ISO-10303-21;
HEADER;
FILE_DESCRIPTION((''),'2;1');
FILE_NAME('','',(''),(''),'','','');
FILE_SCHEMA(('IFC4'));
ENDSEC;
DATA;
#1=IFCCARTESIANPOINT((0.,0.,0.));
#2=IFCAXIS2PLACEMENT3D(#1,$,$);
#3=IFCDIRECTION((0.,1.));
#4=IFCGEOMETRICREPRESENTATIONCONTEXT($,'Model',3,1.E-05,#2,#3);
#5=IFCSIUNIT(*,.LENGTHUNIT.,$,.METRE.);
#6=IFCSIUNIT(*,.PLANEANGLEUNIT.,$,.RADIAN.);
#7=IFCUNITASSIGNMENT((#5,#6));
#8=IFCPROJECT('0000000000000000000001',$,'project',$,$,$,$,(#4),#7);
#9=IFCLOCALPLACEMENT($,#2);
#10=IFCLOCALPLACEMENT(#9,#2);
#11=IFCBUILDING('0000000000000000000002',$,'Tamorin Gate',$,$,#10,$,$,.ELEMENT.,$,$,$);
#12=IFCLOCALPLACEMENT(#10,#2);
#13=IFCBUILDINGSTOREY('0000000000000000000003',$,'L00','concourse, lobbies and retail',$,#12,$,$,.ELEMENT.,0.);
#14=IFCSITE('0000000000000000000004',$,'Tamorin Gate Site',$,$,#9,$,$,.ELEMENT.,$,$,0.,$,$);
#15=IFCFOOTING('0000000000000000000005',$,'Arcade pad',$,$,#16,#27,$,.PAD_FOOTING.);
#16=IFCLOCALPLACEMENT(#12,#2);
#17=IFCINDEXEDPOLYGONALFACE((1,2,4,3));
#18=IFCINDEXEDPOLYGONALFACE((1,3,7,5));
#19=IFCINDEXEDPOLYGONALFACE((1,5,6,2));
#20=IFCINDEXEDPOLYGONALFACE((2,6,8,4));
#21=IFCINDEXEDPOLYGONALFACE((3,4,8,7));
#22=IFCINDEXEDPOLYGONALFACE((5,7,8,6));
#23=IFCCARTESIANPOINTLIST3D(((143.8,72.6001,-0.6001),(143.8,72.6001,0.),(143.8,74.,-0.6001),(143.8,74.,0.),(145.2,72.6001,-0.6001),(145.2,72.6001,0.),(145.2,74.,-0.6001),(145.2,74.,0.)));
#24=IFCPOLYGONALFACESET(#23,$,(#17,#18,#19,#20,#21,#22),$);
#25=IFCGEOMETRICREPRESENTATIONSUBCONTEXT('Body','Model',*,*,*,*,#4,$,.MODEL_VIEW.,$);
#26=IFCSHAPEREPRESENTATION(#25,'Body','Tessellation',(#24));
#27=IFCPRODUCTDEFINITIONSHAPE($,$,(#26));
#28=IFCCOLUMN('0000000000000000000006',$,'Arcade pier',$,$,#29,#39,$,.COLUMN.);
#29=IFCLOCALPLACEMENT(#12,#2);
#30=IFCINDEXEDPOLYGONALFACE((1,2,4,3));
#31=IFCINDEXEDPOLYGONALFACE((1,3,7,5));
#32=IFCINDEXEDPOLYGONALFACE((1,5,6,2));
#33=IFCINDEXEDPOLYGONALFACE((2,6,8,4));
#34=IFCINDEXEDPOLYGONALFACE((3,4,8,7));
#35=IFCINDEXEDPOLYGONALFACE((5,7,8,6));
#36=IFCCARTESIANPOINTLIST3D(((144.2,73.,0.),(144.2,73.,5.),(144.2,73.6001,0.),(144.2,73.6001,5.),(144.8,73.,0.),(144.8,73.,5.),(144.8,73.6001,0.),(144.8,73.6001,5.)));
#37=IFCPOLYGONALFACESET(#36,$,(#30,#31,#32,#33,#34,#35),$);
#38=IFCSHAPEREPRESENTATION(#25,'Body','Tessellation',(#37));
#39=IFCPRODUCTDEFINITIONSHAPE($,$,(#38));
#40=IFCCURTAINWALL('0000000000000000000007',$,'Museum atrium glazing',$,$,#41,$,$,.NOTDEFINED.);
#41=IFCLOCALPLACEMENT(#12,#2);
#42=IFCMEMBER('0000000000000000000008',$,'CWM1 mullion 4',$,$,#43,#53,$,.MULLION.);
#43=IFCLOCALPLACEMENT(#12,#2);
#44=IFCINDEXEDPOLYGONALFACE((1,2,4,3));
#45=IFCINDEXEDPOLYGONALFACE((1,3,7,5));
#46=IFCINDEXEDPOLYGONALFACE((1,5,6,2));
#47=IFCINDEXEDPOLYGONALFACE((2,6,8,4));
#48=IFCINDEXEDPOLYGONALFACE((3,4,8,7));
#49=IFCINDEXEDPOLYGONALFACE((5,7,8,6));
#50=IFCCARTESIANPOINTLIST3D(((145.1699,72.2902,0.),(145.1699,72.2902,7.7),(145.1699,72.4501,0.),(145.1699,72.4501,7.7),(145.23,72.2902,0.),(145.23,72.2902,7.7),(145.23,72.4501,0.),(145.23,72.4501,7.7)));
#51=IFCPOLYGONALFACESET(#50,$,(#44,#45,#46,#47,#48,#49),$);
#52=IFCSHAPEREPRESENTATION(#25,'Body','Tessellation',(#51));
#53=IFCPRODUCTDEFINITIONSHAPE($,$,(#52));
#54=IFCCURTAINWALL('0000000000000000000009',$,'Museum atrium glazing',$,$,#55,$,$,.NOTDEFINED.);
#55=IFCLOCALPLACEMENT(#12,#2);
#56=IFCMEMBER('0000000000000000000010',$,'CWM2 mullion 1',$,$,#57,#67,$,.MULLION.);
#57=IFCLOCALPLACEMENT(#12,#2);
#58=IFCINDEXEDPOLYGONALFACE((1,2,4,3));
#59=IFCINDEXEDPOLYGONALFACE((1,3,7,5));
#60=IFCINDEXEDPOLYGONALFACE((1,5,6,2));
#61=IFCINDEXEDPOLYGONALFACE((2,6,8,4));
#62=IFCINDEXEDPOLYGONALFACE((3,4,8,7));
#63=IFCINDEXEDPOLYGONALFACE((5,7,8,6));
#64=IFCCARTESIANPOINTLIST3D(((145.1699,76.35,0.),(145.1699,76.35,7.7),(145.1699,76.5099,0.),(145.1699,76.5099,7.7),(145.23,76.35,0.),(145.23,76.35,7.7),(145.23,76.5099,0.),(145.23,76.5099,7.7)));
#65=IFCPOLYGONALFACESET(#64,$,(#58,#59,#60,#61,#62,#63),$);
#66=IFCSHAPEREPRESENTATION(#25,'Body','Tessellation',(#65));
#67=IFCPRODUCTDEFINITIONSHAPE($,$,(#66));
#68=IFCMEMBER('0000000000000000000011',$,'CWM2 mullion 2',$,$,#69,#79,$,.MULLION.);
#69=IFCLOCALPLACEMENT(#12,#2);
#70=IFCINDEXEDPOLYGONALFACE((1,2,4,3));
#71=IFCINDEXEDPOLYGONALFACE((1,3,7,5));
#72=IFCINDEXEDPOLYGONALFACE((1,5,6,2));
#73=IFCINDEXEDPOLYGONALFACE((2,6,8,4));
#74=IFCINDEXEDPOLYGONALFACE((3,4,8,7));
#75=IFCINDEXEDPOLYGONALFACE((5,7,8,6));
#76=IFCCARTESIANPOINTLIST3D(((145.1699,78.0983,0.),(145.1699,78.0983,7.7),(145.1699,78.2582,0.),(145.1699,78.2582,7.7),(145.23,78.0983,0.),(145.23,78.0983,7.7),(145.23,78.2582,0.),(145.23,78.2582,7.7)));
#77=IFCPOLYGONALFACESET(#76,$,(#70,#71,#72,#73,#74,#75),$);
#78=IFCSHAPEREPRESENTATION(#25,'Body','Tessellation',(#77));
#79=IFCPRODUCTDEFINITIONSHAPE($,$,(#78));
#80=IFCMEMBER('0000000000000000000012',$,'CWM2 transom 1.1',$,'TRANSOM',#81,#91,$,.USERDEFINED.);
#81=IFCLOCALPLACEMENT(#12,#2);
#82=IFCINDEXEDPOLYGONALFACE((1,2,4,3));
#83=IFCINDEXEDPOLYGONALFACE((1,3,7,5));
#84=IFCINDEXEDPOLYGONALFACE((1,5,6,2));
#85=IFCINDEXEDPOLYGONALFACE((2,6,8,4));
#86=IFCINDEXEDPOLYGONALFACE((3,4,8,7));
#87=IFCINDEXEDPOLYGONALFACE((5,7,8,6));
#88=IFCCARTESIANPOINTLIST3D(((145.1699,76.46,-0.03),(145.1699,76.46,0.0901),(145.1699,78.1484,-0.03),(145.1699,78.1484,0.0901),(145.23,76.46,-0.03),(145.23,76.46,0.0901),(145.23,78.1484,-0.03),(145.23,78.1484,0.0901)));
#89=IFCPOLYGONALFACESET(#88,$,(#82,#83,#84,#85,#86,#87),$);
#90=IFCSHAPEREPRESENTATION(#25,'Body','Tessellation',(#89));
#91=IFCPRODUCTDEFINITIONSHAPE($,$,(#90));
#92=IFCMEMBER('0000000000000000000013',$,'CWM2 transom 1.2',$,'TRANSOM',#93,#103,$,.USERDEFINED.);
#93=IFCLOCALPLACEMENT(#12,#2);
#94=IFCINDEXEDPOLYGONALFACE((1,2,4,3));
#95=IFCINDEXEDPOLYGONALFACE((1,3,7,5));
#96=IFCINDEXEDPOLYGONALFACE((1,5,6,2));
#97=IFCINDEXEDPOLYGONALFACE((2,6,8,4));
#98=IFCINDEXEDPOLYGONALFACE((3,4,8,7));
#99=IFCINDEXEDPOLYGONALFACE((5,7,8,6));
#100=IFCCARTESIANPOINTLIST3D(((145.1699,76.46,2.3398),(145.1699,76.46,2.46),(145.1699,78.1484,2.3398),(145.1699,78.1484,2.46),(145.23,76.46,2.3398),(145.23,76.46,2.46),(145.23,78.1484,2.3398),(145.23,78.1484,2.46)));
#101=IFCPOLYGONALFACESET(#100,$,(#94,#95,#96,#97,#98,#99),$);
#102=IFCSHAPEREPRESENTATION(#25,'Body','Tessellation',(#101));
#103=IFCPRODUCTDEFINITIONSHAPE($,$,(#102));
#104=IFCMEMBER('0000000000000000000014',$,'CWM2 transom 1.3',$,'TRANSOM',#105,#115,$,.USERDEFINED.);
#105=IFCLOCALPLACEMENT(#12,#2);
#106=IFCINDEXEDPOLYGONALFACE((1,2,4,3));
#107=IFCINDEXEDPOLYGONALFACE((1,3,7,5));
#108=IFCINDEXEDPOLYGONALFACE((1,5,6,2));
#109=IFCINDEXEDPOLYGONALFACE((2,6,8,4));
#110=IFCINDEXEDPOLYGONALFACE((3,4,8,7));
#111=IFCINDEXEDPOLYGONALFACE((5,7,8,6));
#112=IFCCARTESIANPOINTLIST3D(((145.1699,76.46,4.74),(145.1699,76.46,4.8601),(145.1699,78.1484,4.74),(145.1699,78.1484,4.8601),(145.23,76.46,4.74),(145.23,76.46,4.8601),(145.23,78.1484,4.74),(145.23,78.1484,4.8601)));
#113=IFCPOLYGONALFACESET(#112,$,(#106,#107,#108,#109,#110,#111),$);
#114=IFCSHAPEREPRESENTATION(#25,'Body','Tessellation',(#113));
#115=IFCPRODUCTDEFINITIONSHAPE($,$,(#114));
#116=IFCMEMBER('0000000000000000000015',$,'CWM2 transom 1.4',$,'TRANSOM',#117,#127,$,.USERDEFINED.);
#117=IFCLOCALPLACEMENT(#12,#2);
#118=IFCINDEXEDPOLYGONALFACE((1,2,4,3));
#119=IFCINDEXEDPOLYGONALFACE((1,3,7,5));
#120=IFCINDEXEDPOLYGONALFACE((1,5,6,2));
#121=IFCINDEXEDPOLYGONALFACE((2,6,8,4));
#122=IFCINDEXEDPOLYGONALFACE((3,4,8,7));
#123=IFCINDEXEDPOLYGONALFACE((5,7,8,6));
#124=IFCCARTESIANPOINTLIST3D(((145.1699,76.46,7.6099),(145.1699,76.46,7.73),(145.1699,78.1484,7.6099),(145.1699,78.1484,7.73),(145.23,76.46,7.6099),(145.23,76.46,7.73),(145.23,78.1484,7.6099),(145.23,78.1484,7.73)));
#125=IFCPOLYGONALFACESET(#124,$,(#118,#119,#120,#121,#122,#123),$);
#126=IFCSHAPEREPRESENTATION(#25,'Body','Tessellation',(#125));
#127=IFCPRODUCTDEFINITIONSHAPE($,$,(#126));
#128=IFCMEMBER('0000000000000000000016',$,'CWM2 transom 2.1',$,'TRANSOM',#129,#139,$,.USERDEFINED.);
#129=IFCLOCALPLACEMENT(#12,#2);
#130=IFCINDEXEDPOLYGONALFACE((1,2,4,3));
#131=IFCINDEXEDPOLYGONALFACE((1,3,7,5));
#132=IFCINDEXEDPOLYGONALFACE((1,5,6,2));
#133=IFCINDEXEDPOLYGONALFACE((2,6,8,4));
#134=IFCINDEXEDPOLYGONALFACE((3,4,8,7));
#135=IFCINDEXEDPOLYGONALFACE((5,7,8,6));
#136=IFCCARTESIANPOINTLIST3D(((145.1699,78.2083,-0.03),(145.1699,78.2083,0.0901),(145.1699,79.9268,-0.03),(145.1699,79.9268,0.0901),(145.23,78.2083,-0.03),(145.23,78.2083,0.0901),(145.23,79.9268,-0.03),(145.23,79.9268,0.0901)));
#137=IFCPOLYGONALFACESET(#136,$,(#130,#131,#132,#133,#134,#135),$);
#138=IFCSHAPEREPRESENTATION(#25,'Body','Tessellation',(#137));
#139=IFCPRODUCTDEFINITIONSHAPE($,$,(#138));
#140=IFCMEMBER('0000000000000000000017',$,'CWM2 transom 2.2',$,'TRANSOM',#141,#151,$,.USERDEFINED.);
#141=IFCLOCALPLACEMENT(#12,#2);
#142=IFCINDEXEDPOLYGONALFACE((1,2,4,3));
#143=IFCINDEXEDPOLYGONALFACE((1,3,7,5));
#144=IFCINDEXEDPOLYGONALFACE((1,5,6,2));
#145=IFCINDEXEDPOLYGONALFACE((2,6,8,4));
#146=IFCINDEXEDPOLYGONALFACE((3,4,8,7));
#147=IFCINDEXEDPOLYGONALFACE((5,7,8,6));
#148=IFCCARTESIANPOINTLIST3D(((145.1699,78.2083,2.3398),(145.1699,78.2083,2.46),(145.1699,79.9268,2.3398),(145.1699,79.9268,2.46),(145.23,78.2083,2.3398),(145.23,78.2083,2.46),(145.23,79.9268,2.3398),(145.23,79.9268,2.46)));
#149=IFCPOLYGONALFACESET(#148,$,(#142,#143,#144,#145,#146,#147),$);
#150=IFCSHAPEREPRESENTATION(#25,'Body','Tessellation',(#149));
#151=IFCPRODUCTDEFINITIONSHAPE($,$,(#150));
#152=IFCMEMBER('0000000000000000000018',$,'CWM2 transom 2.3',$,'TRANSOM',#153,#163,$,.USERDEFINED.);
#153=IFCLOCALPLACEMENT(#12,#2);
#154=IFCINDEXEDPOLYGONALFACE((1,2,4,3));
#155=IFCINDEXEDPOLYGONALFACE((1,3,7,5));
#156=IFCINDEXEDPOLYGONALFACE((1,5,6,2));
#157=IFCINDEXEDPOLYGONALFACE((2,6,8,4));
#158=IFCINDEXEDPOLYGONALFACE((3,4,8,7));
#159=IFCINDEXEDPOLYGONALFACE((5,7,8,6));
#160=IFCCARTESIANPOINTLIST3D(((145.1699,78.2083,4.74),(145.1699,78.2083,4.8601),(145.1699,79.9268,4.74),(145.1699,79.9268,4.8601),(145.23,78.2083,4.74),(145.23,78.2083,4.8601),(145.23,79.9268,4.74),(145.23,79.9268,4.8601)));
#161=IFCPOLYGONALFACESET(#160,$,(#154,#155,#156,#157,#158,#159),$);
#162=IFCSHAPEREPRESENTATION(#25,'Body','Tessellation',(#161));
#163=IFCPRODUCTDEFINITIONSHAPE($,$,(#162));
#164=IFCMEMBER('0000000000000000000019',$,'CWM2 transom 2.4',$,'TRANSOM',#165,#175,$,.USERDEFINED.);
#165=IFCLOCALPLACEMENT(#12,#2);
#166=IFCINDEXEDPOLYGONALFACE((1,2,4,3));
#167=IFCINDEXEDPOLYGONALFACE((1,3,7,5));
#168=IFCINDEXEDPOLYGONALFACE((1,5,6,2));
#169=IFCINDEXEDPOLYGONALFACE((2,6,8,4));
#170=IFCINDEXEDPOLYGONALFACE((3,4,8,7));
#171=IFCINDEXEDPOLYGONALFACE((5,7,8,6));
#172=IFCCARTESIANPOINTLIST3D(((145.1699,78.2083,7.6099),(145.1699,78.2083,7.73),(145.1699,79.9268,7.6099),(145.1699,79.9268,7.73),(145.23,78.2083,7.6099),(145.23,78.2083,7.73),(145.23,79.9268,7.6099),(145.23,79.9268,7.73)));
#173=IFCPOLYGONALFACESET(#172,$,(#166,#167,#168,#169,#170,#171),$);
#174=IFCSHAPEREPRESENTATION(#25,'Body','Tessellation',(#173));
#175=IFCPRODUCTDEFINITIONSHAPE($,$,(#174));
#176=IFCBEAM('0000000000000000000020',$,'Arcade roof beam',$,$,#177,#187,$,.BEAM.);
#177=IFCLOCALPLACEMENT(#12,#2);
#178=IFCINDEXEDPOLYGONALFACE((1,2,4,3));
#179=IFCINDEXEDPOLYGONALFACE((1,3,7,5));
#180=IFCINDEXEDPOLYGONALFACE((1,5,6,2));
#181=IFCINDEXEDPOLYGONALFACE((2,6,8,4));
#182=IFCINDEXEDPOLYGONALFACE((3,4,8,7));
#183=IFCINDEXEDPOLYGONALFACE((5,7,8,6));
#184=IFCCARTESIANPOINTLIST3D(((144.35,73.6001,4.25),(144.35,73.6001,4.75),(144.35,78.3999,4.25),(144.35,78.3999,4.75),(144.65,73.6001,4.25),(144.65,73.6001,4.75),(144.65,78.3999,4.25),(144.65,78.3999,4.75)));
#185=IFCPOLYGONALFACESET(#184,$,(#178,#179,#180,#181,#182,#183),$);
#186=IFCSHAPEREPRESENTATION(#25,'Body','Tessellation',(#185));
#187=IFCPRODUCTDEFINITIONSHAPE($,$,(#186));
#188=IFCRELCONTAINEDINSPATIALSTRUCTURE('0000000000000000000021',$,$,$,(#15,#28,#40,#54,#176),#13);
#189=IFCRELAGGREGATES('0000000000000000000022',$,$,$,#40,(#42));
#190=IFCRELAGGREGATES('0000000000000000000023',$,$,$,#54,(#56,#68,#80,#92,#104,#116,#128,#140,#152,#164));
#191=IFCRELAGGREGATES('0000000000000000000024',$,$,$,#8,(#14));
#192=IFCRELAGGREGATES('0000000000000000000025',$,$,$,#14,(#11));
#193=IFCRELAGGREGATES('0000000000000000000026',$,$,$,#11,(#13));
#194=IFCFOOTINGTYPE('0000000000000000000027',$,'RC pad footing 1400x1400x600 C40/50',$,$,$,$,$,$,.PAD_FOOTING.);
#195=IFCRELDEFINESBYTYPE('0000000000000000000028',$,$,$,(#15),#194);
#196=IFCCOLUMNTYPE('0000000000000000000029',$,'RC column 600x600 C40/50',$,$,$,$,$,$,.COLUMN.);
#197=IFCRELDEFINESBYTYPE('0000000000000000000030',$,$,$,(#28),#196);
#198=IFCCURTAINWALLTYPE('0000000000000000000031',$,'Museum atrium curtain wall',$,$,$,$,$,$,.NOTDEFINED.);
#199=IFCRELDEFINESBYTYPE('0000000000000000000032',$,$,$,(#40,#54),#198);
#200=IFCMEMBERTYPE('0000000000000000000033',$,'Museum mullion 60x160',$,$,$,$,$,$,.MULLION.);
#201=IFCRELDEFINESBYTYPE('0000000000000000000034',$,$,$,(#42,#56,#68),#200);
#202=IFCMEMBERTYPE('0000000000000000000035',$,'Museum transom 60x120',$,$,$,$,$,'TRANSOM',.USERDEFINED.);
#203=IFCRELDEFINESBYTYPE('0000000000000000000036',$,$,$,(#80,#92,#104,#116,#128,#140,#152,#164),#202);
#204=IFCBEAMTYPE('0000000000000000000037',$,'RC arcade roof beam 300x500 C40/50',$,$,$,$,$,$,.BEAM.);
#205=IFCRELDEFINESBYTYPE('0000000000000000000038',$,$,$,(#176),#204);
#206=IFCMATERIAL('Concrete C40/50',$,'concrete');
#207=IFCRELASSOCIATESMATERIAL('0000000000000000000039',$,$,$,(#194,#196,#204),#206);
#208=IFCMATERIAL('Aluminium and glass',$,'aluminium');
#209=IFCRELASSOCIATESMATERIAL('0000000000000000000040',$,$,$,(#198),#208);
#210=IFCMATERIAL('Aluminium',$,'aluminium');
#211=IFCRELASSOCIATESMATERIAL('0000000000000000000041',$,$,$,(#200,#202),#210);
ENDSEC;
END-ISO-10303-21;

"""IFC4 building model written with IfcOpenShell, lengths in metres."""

from ifc_helpers import new_model, si_unit, direction, frame, origin, origin_2d, place, context, subcontext, project, spatial, rectangle, extrude, material, material_profile, profile_set, type_object, element, aggregate, save


model = new_model("IFC4")

# Units and contexts
model_context = context("Model", 3, precision=1e-05, world=origin(), true_north=direction((0.0, 1.0)))
body_context = subcontext(model_context, "Body", "Model", "MODEL_VIEW")
ifc_project = project(units=[si_unit("LENGTHUNIT", "METRE"), si_unit("PLANEANGLEUNIT", "RADIAN")], contexts=[model_context])

# Site, building, storey
site_placement = place(None, origin())
site = spatial("IfcSite", under=ifc_project, at=site_placement, Name="Tamorin Gate Site", CompositionType="ELEMENT", RefElevation=0.0)
building_placement = place(site_placement, origin())
building = spatial("IfcBuilding", under=site, at=building_placement, Name="Tamorin Gate", CompositionType="ELEMENT")
storey_placement = place(building_placement, origin())
storey = spatial("IfcBuildingStorey", under=building, at=storey_placement, Name="L00", Description="concourse, lobbies and retail", CompositionType="ELEMENT", Elevation=0.0)

# Footing
ifc_material_1 = material(Name="Concrete C40/50", Category="concrete")
footing_type = type_object("IfcFootingType", Name="RC pad footing 1400x1400x600 C40/50", PredefinedType="PAD_FOOTING", material=ifc_material_1)
footing_placement = place(storey_placement, frame((144.5, 73.3, -0.6001), z_axis=(0.0, 0.0, 1.0), x_axis=(1.0, 0.0, 0.0)))
element("IfcFooting", 1, at=footing_placement, inside=storey, type_object=footing_type, Name="Arcade pad", PredefinedType="PAD_FOOTING", context=body_context, shape_type="SweptSolid", body=[
    extrude(rectangle(XDim=1.3999, YDim=1.3999, at=origin_2d()), origin(), (0.0, 0.0, 1.0), 0.6001),
])

# Column
ifc_material_profile_1 = material_profile(ifc_material_1, rectangle(XDim=0.6001, YDim=0.6001, at=origin_2d()))
ifc_profile_set_1 = profile_set([ifc_material_profile_1], Name="Concrete C40/50")
column_type = type_object("IfcColumnType", Name="RC column 600x600 C40/50", PredefinedType="COLUMN", material=ifc_profile_set_1)
column_placement = place(storey_placement, frame((144.5, 73.3, 0.0), z_axis=(0.0, 0.0, 1.0), x_axis=(1.0, 0.0, 0.0)))
element("IfcColumn", 2, at=column_placement, inside=storey, type_object=column_type, Name="Arcade pier", PredefinedType="COLUMN", context=body_context, shape_type="SweptSolid", body=[
    extrude(rectangle(XDim=0.6001, YDim=0.6001, at=origin_2d()), origin(), (0.0, 0.0, 1.0), 5.0),
])

# Curtain wall, member
ifc_material_2 = material(Name="Aluminium and glass", Category="aluminium")
curtain_wall_type = type_object("IfcCurtainWallType", Name="Museum atrium curtain wall", PredefinedType="NOTDEFINED", material=ifc_material_2)
curtain_wall_1_placement = place(storey_placement, origin())
curtain_wall_1 = element("IfcCurtainWall", 3, at=curtain_wall_1_placement, inside=storey, type_object=curtain_wall_type, Name="Museum atrium glazing", PredefinedType="NOTDEFINED")
ifc_material_3 = material(Name="Aluminium", Category="aluminium")
ifc_material_profile_2 = material_profile(ifc_material_3, rectangle(XDim=0.0601, YDim=0.1599, at=origin_2d()), Name="RECT 60x160")
ifc_profile_set_2 = profile_set([ifc_material_profile_2], Name="Aluminium")
member_type_1 = type_object("IfcMemberType", Name="Museum mullion 60x160", PredefinedType="MULLION", material=ifc_profile_set_2)
member_1_placement = place(storey_placement, frame((145.2, 72.3701, 0.0), z_axis=(0.0, 0.0, 1.0), x_axis=(-1.0, 0.0, 0.0)))
member_1 = element("IfcMember", 4, at=member_1_placement, type_object=member_type_1, Name="CWM1 mullion 4", PredefinedType="MULLION", context=body_context, shape_type="SweptSolid", body=[
    extrude(rectangle(XDim=0.0601, YDim=0.1599, at=origin_2d()), origin(), (0.0, 0.0, 1.0), 7.7),
])

# Curtain wall, members
curtain_wall_2_placement = place(storey_placement, origin())
curtain_wall_2 = element("IfcCurtainWall", 5, at=curtain_wall_2_placement, inside=storey, type_object=curtain_wall_type, Name="Museum atrium glazing", PredefinedType="NOTDEFINED")
member_2_placement = place(storey_placement, frame((145.2, 76.4299, 0.0), z_axis=(0.0, 0.0, 1.0), x_axis=(-1.0, 0.0, 0.0)))
member_2 = element("IfcMember", 6, at=member_2_placement, type_object=member_type_1, Name="CWM2 mullion 1", PredefinedType="MULLION", context=body_context, shape_type="SweptSolid", body=[
    extrude(rectangle(XDim=0.0601, YDim=0.1599, at=origin_2d()), origin(), (0.0, 0.0, 1.0), 7.7),
])
member_3_placement = place(storey_placement, frame((145.2, 78.1782, 0.0), z_axis=(0.0, 0.0, 1.0), x_axis=(-1.0, 0.0, 0.0)))
member_3 = element("IfcMember", 7, at=member_3_placement, type_object=member_type_1, Name="CWM2 mullion 2", PredefinedType="MULLION", context=body_context, shape_type="SweptSolid", body=[
    extrude(rectangle(XDim=0.0601, YDim=0.1599, at=origin_2d()), origin(), (0.0, 0.0, 1.0), 7.7),
])
ifc_material_profile_3 = material_profile(ifc_material_3, rectangle(XDim=0.0601, YDim=0.1201, at=origin_2d()), Name="RECT 60x120")
ifc_profile_set_3 = profile_set([ifc_material_profile_3], Name="Aluminium")
member_type_2 = type_object("IfcMemberType", Name="Museum transom 60x120", ElementType="TRANSOM", PredefinedType="USERDEFINED", material=ifc_profile_set_3)
member_4_placement = place(storey_placement, frame((145.2, 76.46, 0.03), z_axis=(0.0, 1.0, 0.0), x_axis=(-1.0, 0.0, 0.0)))
member_4 = element("IfcMember", 8, at=member_4_placement, type_object=member_type_2, Name="CWM2 transom 1.1", ObjectType="TRANSOM", PredefinedType="USERDEFINED", context=body_context, shape_type="SweptSolid", body=[
    extrude(rectangle(XDim=0.0601, YDim=0.1201, at=origin_2d()), origin(), (0.0, 0.0, 1.0), 1.6885),
])
member_5_placement = place(storey_placement, frame((145.2, 76.46, 2.3999), z_axis=(0.0, 1.0, 0.0), x_axis=(-1.0, 0.0, 0.0)))
member_5 = element("IfcMember", 9, at=member_5_placement, type_object=member_type_2, Name="CWM2 transom 1.2", ObjectType="TRANSOM", PredefinedType="USERDEFINED", context=body_context, shape_type="SweptSolid", body=[
    extrude(rectangle(XDim=0.0601, YDim=0.1201, at=origin_2d()), origin(), (0.0, 0.0, 1.0), 1.6885),
])
member_6_placement = place(storey_placement, frame((145.2, 76.46, 4.8), z_axis=(0.0, 1.0, 0.0), x_axis=(-1.0, 0.0, 0.0)))
member_6 = element("IfcMember", 10, at=member_6_placement, type_object=member_type_2, Name="CWM2 transom 1.3", ObjectType="TRANSOM", PredefinedType="USERDEFINED", context=body_context, shape_type="SweptSolid", body=[
    extrude(rectangle(XDim=0.0601, YDim=0.1201, at=origin_2d()), origin(), (0.0, 0.0, 1.0), 1.6885),
])
member_7_placement = place(storey_placement, frame((145.2, 76.46, 7.6699), z_axis=(0.0, 1.0, 0.0), x_axis=(-1.0, 0.0, 0.0)))
member_7 = element("IfcMember", 11, at=member_7_placement, type_object=member_type_2, Name="CWM2 transom 1.4", ObjectType="TRANSOM", PredefinedType="USERDEFINED", context=body_context, shape_type="SweptSolid", body=[
    extrude(rectangle(XDim=0.0601, YDim=0.1201, at=origin_2d()), origin(), (0.0, 0.0, 1.0), 1.6885),
])
member_8_placement = place(storey_placement, frame((145.2, 78.2083, 0.03), z_axis=(0.0, 1.0, 0.0), x_axis=(-1.0, 0.0, 0.0)))
member_8 = element("IfcMember", 12, at=member_8_placement, type_object=member_type_2, Name="CWM2 transom 2.1", ObjectType="TRANSOM", PredefinedType="USERDEFINED", context=body_context, shape_type="SweptSolid", body=[
    extrude(rectangle(XDim=0.0601, YDim=0.1201, at=origin_2d()), origin(), (0.0, 0.0, 1.0), 1.7185),
])
member_9_placement = place(storey_placement, frame((145.2, 78.2083, 2.3999), z_axis=(0.0, 1.0, 0.0), x_axis=(-1.0, 0.0, 0.0)))
member_9 = element("IfcMember", 13, at=member_9_placement, type_object=member_type_2, Name="CWM2 transom 2.2", ObjectType="TRANSOM", PredefinedType="USERDEFINED", context=body_context, shape_type="SweptSolid", body=[
    extrude(rectangle(XDim=0.0601, YDim=0.1201, at=origin_2d()), origin(), (0.0, 0.0, 1.0), 1.7185),
])
member_10_placement = place(storey_placement, frame((145.2, 78.2083, 4.8), z_axis=(0.0, 1.0, 0.0), x_axis=(-1.0, 0.0, 0.0)))
member_10 = element("IfcMember", 14, at=member_10_placement, type_object=member_type_2, Name="CWM2 transom 2.3", ObjectType="TRANSOM", PredefinedType="USERDEFINED", context=body_context, shape_type="SweptSolid", body=[
    extrude(rectangle(XDim=0.0601, YDim=0.1201, at=origin_2d()), origin(), (0.0, 0.0, 1.0), 1.7185),
])
member_11_placement = place(storey_placement, frame((145.2, 78.2083, 7.6699), z_axis=(0.0, 1.0, 0.0), x_axis=(-1.0, 0.0, 0.0)))
member_11 = element("IfcMember", 15, at=member_11_placement, type_object=member_type_2, Name="CWM2 transom 2.4", ObjectType="TRANSOM", PredefinedType="USERDEFINED", context=body_context, shape_type="SweptSolid", body=[
    extrude(rectangle(XDim=0.0601, YDim=0.1201, at=origin_2d()), origin(), (0.0, 0.0, 1.0), 1.7185),
])

# Beam
ifc_material_profile_4 = material_profile(ifc_material_1, rectangle(XDim=0.3, YDim=0.5, at=origin_2d()))
ifc_profile_set_4 = profile_set([ifc_material_profile_4], Name="Concrete C40/50")
beam_type = type_object("IfcBeamType", Name="RC arcade roof beam 300x500 C40/50", PredefinedType="BEAM", material=ifc_profile_set_4)
beam_placement = place(storey_placement, frame((144.5, 73.6001, 4.5), z_axis=(0.0, 1.0, 0.0), x_axis=(-1.0, 0.0, 0.0)))
element("IfcBeam", 16, at=beam_placement, inside=storey, type_object=beam_type, Name="Arcade roof beam", PredefinedType="BEAM", context=body_context, shape_type="SweptSolid", body=[
    extrude(rectangle(XDim=0.3, YDim=0.5, at=origin_2d()), origin(), (0.0, 0.0, 1.0), 4.7998),
])

aggregate(curtain_wall_1, [member_1])
aggregate(curtain_wall_2, [member_2, member_3, member_4, member_5, member_6, member_7, member_8, member_9, member_10, member_11])

save(model, "model.ifc")
